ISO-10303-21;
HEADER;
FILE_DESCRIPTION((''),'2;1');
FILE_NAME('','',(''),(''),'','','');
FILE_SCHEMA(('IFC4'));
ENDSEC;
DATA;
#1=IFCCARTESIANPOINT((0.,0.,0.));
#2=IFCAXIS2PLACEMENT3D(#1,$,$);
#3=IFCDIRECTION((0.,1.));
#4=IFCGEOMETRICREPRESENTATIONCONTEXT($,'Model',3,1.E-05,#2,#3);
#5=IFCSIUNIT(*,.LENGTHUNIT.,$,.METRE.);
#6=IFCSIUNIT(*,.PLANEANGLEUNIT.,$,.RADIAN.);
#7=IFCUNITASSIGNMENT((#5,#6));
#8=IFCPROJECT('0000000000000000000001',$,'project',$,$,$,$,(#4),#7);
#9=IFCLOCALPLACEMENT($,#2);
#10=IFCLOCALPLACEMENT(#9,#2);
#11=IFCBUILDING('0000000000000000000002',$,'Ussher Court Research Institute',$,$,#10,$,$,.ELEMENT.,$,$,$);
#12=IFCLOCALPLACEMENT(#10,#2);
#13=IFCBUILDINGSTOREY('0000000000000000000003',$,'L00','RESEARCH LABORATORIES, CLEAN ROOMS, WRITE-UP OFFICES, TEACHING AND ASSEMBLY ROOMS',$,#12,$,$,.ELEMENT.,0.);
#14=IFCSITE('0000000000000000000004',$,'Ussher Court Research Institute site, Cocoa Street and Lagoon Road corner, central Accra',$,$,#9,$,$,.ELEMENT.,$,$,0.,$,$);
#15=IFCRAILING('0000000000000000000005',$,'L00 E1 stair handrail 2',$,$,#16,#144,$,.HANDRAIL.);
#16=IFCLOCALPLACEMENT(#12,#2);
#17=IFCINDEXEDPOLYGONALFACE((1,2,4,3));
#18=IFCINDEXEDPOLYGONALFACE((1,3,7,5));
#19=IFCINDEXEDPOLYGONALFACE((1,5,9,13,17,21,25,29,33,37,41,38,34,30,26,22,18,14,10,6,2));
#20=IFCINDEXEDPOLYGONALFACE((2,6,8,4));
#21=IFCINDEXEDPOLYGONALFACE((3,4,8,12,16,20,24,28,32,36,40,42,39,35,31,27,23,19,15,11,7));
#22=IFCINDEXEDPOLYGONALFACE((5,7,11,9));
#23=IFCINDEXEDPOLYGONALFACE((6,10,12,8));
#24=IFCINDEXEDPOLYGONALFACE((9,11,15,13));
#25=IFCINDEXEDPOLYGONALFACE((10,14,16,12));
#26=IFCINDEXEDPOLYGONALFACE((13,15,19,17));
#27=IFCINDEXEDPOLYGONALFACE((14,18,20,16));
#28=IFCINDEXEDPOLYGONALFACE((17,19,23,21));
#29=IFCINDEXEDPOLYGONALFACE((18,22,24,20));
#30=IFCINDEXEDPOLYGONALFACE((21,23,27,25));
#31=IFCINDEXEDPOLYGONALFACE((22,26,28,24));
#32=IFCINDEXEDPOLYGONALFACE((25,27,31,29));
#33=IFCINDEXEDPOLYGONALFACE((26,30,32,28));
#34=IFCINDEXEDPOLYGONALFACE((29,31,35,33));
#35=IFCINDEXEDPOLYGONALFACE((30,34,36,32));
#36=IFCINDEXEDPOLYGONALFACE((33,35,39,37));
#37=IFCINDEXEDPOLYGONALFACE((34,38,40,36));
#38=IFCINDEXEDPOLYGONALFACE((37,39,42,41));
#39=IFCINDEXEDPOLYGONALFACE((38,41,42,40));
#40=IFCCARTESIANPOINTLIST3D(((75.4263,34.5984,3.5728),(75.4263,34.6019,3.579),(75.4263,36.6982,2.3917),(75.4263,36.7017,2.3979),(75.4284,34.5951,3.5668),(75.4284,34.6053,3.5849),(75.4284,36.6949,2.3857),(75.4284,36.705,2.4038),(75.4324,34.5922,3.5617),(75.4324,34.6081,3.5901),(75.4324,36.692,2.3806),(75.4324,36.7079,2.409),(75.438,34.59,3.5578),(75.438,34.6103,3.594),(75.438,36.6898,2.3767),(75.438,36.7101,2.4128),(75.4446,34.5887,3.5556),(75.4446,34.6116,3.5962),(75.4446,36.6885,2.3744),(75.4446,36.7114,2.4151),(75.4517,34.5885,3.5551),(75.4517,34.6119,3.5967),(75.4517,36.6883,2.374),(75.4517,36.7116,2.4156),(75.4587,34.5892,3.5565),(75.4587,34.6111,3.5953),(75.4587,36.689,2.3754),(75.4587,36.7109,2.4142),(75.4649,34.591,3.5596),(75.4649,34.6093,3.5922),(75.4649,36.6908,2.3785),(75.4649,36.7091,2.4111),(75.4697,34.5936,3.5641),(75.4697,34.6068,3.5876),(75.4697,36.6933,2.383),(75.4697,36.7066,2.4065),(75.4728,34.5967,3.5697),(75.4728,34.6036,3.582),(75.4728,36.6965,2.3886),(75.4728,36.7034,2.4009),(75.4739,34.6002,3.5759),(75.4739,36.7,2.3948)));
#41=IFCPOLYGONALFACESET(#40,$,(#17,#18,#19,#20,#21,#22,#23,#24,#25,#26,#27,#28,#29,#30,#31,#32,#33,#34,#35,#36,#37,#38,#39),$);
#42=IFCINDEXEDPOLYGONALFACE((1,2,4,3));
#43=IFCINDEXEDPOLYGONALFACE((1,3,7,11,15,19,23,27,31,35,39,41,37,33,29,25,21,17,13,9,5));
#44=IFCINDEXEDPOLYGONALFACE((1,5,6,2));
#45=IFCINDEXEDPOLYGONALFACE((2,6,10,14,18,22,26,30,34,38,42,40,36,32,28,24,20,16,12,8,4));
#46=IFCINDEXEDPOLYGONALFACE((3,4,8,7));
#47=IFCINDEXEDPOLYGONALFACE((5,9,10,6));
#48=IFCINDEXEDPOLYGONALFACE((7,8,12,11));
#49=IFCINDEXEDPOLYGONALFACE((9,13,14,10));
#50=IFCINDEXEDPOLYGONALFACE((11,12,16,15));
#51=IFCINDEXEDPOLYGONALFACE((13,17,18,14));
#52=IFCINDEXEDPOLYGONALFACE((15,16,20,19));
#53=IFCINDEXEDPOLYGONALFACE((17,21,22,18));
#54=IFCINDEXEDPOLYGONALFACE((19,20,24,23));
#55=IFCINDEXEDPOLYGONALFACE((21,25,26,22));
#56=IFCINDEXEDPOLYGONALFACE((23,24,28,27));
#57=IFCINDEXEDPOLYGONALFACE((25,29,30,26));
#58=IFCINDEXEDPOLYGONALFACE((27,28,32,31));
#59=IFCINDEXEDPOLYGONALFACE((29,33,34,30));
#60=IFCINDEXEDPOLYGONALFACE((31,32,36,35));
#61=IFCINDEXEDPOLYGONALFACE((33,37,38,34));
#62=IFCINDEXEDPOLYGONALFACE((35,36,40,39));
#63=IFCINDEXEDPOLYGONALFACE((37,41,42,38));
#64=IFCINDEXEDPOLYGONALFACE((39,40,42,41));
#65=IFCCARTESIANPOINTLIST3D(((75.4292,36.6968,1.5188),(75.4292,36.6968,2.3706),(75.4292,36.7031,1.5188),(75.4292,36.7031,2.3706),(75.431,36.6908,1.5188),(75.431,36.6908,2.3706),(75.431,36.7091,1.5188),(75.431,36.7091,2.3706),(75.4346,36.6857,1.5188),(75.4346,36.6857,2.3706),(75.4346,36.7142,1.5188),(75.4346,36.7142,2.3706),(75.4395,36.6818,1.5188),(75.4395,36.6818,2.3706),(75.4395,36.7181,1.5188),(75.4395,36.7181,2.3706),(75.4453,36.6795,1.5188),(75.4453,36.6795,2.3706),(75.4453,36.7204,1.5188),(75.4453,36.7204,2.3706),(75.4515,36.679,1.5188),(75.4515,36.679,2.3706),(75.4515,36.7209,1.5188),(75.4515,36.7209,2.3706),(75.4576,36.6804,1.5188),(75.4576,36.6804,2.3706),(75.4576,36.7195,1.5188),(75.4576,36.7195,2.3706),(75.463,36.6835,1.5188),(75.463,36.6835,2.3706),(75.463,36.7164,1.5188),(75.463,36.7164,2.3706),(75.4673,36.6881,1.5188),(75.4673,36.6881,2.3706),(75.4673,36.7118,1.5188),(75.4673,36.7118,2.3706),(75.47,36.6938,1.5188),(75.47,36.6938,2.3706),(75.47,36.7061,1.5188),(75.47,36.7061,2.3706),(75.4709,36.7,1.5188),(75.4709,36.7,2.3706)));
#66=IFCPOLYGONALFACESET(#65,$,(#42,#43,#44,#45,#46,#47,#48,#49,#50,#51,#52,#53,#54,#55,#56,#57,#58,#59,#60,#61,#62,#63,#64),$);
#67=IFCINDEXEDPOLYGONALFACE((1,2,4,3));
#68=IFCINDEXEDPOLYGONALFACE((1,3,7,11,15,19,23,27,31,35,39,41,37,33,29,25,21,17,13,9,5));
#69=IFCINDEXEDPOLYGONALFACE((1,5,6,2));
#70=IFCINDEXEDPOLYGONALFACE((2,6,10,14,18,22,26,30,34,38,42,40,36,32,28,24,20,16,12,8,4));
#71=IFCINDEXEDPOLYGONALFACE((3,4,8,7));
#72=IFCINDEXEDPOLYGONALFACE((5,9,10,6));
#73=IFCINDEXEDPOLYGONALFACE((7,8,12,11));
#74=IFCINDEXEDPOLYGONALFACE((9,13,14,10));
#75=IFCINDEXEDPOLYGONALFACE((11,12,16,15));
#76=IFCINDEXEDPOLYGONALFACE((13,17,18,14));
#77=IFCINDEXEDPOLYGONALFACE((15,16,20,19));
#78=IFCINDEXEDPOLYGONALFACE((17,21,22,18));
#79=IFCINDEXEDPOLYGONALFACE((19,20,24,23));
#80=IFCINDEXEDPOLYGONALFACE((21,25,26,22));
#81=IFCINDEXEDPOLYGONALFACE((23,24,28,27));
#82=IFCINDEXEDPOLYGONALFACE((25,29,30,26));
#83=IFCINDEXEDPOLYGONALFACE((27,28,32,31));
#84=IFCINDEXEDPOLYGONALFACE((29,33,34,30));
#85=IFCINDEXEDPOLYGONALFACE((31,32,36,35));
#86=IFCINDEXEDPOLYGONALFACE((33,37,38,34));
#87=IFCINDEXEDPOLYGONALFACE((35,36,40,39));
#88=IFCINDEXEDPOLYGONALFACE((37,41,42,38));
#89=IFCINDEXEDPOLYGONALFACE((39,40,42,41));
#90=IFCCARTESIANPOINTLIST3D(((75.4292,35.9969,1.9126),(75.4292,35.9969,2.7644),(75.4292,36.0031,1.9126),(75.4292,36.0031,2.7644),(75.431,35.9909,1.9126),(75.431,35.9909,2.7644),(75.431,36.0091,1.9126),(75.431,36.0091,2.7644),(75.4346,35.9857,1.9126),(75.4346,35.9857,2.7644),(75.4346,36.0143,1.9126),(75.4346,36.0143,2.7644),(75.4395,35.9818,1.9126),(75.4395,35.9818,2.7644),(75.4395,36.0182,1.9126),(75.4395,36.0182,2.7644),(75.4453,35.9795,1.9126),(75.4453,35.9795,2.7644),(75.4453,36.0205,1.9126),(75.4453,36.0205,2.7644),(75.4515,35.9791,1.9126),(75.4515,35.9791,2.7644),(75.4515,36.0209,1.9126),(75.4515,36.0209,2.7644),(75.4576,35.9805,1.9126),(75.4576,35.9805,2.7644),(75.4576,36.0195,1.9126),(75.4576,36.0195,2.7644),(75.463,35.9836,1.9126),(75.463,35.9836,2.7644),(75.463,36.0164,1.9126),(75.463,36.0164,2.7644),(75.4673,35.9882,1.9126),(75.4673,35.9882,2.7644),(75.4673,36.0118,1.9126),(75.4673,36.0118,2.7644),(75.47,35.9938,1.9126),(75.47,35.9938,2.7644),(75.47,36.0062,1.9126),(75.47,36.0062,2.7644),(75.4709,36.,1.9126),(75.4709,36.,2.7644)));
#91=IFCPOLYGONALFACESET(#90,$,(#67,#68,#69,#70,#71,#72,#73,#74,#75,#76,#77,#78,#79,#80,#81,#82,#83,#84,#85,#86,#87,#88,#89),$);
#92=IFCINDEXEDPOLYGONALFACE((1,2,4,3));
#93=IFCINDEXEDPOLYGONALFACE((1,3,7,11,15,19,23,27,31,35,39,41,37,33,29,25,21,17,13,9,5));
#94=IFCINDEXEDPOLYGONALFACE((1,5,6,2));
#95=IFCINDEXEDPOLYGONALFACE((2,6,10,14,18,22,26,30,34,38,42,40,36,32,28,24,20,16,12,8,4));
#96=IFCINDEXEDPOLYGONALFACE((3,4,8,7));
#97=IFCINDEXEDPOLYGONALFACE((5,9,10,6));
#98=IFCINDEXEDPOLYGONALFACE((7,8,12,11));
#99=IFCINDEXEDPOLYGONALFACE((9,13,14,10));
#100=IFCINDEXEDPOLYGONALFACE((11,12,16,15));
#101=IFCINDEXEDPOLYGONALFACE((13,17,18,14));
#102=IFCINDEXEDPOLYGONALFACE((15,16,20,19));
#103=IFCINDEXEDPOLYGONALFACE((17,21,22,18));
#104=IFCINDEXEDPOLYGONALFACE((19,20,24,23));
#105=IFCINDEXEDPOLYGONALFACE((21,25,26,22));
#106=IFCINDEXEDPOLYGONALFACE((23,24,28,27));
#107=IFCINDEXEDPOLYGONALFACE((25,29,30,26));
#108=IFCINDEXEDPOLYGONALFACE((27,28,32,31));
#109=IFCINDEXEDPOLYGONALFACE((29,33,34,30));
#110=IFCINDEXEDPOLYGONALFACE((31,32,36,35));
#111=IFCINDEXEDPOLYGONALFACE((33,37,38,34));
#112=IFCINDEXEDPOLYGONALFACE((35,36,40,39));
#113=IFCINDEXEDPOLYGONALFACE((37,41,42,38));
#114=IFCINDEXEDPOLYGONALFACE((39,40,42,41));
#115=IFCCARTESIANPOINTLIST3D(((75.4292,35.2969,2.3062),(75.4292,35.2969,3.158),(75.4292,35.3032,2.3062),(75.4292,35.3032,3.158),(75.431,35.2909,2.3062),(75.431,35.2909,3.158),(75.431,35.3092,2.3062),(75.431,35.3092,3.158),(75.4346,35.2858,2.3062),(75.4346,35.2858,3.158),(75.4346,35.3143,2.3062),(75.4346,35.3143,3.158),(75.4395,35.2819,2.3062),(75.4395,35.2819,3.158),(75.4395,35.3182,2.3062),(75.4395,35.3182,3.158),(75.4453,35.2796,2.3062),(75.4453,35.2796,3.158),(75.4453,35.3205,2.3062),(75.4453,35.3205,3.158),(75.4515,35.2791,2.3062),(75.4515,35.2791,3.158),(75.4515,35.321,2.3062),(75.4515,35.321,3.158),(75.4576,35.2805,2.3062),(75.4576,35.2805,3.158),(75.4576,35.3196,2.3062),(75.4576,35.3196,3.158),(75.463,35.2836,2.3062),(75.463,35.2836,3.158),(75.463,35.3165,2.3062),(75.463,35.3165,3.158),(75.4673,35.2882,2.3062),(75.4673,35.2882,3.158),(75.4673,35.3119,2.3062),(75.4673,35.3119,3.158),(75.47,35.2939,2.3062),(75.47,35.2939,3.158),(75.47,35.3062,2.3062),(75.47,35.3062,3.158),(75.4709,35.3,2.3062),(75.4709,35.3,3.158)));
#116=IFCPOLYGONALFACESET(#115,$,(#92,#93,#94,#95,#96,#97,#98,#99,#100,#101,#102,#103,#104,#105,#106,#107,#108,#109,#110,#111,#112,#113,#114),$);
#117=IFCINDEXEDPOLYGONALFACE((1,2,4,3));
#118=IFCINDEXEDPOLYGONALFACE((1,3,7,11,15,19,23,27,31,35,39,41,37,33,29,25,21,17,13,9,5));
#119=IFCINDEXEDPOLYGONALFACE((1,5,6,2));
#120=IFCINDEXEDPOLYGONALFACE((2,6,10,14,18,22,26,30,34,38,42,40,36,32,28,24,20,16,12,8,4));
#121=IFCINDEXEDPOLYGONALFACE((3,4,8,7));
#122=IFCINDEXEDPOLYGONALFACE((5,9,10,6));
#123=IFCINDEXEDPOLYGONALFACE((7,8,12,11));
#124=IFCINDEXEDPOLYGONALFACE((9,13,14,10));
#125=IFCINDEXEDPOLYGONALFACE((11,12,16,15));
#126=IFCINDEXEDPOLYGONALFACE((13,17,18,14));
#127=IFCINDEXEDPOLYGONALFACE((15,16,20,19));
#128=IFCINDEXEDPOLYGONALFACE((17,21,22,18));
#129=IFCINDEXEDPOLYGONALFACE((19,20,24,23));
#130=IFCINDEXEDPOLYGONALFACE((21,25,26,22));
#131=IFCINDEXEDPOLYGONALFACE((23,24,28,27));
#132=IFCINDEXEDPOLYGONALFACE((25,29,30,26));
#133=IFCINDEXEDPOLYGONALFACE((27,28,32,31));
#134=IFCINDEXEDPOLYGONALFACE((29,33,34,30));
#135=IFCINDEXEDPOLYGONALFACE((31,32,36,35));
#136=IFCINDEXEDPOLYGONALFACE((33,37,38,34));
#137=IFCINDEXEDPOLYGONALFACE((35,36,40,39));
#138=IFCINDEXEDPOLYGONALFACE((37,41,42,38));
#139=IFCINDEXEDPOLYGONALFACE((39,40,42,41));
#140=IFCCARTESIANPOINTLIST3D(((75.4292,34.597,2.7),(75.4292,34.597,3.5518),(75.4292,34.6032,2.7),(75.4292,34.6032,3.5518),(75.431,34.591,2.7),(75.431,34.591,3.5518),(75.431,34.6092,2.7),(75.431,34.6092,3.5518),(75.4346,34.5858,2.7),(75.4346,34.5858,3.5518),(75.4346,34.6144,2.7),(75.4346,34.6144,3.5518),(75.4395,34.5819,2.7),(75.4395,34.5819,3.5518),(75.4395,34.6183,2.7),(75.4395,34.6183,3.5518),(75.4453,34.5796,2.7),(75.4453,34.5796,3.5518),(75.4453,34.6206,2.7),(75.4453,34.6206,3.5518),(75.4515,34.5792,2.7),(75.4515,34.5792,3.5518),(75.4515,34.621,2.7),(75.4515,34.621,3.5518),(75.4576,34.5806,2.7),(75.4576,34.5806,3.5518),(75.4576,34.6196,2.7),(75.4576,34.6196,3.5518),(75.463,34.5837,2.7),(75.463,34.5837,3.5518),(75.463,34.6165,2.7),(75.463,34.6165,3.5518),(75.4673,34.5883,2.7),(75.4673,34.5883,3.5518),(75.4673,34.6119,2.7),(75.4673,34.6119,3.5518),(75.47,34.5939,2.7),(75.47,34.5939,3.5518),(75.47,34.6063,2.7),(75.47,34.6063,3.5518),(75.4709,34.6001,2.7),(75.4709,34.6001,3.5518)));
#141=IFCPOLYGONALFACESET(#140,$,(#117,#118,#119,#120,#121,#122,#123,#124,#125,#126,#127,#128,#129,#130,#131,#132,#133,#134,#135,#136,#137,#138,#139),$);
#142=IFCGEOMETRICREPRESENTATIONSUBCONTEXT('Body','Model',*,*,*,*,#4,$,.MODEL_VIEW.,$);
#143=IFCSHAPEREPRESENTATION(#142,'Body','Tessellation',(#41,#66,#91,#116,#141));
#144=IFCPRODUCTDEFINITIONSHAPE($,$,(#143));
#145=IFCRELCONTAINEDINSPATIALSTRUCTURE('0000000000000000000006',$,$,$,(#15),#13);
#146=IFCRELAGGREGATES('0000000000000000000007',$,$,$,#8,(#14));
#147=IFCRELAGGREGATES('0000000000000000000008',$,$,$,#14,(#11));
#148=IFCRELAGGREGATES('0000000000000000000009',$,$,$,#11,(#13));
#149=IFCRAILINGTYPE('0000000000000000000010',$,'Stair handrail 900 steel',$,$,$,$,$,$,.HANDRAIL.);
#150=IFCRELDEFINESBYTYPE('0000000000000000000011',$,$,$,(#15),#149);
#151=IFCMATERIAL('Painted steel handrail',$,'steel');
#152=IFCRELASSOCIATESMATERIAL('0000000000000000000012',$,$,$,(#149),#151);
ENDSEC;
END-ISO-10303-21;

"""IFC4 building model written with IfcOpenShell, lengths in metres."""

from ifc_helpers import new_model, si_unit, direction, frame, origin, origin_2d, place, context, subcontext, project, spatial, circle, extrude, material, type_object, element, save


model = new_model("IFC4")

# Units and contexts
model_context = context("Model", 3, precision=1e-05, world=origin(), true_north=direction((0.0, 1.0)))
body_context = subcontext(model_context, "Body", "Model", "MODEL_VIEW")
ifc_project = project(units=[si_unit("LENGTHUNIT", "METRE"), si_unit("PLANEANGLEUNIT", "RADIAN")], contexts=[model_context])

# Site, building, storey
site_placement = place(None, origin())
site = spatial("IfcSite", under=ifc_project, at=site_placement, Name="Ussher Court Research Institute site, Cocoa Street and Lagoon Road corner, central Accra", CompositionType="ELEMENT", RefElevation=0.0)
building_placement = place(site_placement, origin())
building = spatial("IfcBuilding", under=site, at=building_placement, Name="Ussher Court Research Institute", CompositionType="ELEMENT")
storey_placement = place(building_placement, origin())
storey = spatial("IfcBuildingStorey", under=building, at=storey_placement, Name="L00", Description="RESEARCH LABORATORIES, CLEAN ROOMS, WRITE-UP OFFICES, TEACHING AND ASSEMBLY ROOMS", CompositionType="ELEMENT", Elevation=0.0)

# Railing
ifc_material_1 = material(Name="Painted steel handrail", Category="steel")
railing_type_1 = type_object("IfcRailingType", Name="Stair handrail 900 steel", PredefinedType="HANDRAIL", material=ifc_material_1)
for number, where, name in (
    (1, (75.45, 36.7, 1.5188), "L00 E1 stair handrail 2"),
):
    element("IfcRailing", number, at=place(storey_placement, frame(where)), inside=storey, type_object=railing_type_1, Name=name, PredefinedType="HANDRAIL", context=body_context, shape_type="SweptSolid", body=[
        extrude(circle(Radius=0.0239, at=origin_2d()), frame((0.0, 0.0, 0.876), z_axis=(0.0, -0.871578, 0.490256), x_axis=(1.0, 0.0, 0.0)), (0.0, 0.0, 1.0), 2.4092),
        extrude(circle(Radius=0.021, at=origin_2d()), origin(), (0.0, 0.0, 1.0), 0.8518),
        extrude(circle(Radius=0.021, at=origin_2d()), frame((0.0, -0.7, 0.3938)), (0.0, 0.0, 1.0), 0.8518),
        extrude(circle(Radius=0.021, at=origin_2d()), frame((0.0, -1.3999, 0.7874)), (0.0, 0.0, 1.0), 0.8518),
        extrude(circle(Radius=0.021, at=origin_2d()), frame((0.0, -2.0999, 1.1812)), (0.0, 0.0, 1.0), 0.8518),
    ])

save(model, "model.ifc")
